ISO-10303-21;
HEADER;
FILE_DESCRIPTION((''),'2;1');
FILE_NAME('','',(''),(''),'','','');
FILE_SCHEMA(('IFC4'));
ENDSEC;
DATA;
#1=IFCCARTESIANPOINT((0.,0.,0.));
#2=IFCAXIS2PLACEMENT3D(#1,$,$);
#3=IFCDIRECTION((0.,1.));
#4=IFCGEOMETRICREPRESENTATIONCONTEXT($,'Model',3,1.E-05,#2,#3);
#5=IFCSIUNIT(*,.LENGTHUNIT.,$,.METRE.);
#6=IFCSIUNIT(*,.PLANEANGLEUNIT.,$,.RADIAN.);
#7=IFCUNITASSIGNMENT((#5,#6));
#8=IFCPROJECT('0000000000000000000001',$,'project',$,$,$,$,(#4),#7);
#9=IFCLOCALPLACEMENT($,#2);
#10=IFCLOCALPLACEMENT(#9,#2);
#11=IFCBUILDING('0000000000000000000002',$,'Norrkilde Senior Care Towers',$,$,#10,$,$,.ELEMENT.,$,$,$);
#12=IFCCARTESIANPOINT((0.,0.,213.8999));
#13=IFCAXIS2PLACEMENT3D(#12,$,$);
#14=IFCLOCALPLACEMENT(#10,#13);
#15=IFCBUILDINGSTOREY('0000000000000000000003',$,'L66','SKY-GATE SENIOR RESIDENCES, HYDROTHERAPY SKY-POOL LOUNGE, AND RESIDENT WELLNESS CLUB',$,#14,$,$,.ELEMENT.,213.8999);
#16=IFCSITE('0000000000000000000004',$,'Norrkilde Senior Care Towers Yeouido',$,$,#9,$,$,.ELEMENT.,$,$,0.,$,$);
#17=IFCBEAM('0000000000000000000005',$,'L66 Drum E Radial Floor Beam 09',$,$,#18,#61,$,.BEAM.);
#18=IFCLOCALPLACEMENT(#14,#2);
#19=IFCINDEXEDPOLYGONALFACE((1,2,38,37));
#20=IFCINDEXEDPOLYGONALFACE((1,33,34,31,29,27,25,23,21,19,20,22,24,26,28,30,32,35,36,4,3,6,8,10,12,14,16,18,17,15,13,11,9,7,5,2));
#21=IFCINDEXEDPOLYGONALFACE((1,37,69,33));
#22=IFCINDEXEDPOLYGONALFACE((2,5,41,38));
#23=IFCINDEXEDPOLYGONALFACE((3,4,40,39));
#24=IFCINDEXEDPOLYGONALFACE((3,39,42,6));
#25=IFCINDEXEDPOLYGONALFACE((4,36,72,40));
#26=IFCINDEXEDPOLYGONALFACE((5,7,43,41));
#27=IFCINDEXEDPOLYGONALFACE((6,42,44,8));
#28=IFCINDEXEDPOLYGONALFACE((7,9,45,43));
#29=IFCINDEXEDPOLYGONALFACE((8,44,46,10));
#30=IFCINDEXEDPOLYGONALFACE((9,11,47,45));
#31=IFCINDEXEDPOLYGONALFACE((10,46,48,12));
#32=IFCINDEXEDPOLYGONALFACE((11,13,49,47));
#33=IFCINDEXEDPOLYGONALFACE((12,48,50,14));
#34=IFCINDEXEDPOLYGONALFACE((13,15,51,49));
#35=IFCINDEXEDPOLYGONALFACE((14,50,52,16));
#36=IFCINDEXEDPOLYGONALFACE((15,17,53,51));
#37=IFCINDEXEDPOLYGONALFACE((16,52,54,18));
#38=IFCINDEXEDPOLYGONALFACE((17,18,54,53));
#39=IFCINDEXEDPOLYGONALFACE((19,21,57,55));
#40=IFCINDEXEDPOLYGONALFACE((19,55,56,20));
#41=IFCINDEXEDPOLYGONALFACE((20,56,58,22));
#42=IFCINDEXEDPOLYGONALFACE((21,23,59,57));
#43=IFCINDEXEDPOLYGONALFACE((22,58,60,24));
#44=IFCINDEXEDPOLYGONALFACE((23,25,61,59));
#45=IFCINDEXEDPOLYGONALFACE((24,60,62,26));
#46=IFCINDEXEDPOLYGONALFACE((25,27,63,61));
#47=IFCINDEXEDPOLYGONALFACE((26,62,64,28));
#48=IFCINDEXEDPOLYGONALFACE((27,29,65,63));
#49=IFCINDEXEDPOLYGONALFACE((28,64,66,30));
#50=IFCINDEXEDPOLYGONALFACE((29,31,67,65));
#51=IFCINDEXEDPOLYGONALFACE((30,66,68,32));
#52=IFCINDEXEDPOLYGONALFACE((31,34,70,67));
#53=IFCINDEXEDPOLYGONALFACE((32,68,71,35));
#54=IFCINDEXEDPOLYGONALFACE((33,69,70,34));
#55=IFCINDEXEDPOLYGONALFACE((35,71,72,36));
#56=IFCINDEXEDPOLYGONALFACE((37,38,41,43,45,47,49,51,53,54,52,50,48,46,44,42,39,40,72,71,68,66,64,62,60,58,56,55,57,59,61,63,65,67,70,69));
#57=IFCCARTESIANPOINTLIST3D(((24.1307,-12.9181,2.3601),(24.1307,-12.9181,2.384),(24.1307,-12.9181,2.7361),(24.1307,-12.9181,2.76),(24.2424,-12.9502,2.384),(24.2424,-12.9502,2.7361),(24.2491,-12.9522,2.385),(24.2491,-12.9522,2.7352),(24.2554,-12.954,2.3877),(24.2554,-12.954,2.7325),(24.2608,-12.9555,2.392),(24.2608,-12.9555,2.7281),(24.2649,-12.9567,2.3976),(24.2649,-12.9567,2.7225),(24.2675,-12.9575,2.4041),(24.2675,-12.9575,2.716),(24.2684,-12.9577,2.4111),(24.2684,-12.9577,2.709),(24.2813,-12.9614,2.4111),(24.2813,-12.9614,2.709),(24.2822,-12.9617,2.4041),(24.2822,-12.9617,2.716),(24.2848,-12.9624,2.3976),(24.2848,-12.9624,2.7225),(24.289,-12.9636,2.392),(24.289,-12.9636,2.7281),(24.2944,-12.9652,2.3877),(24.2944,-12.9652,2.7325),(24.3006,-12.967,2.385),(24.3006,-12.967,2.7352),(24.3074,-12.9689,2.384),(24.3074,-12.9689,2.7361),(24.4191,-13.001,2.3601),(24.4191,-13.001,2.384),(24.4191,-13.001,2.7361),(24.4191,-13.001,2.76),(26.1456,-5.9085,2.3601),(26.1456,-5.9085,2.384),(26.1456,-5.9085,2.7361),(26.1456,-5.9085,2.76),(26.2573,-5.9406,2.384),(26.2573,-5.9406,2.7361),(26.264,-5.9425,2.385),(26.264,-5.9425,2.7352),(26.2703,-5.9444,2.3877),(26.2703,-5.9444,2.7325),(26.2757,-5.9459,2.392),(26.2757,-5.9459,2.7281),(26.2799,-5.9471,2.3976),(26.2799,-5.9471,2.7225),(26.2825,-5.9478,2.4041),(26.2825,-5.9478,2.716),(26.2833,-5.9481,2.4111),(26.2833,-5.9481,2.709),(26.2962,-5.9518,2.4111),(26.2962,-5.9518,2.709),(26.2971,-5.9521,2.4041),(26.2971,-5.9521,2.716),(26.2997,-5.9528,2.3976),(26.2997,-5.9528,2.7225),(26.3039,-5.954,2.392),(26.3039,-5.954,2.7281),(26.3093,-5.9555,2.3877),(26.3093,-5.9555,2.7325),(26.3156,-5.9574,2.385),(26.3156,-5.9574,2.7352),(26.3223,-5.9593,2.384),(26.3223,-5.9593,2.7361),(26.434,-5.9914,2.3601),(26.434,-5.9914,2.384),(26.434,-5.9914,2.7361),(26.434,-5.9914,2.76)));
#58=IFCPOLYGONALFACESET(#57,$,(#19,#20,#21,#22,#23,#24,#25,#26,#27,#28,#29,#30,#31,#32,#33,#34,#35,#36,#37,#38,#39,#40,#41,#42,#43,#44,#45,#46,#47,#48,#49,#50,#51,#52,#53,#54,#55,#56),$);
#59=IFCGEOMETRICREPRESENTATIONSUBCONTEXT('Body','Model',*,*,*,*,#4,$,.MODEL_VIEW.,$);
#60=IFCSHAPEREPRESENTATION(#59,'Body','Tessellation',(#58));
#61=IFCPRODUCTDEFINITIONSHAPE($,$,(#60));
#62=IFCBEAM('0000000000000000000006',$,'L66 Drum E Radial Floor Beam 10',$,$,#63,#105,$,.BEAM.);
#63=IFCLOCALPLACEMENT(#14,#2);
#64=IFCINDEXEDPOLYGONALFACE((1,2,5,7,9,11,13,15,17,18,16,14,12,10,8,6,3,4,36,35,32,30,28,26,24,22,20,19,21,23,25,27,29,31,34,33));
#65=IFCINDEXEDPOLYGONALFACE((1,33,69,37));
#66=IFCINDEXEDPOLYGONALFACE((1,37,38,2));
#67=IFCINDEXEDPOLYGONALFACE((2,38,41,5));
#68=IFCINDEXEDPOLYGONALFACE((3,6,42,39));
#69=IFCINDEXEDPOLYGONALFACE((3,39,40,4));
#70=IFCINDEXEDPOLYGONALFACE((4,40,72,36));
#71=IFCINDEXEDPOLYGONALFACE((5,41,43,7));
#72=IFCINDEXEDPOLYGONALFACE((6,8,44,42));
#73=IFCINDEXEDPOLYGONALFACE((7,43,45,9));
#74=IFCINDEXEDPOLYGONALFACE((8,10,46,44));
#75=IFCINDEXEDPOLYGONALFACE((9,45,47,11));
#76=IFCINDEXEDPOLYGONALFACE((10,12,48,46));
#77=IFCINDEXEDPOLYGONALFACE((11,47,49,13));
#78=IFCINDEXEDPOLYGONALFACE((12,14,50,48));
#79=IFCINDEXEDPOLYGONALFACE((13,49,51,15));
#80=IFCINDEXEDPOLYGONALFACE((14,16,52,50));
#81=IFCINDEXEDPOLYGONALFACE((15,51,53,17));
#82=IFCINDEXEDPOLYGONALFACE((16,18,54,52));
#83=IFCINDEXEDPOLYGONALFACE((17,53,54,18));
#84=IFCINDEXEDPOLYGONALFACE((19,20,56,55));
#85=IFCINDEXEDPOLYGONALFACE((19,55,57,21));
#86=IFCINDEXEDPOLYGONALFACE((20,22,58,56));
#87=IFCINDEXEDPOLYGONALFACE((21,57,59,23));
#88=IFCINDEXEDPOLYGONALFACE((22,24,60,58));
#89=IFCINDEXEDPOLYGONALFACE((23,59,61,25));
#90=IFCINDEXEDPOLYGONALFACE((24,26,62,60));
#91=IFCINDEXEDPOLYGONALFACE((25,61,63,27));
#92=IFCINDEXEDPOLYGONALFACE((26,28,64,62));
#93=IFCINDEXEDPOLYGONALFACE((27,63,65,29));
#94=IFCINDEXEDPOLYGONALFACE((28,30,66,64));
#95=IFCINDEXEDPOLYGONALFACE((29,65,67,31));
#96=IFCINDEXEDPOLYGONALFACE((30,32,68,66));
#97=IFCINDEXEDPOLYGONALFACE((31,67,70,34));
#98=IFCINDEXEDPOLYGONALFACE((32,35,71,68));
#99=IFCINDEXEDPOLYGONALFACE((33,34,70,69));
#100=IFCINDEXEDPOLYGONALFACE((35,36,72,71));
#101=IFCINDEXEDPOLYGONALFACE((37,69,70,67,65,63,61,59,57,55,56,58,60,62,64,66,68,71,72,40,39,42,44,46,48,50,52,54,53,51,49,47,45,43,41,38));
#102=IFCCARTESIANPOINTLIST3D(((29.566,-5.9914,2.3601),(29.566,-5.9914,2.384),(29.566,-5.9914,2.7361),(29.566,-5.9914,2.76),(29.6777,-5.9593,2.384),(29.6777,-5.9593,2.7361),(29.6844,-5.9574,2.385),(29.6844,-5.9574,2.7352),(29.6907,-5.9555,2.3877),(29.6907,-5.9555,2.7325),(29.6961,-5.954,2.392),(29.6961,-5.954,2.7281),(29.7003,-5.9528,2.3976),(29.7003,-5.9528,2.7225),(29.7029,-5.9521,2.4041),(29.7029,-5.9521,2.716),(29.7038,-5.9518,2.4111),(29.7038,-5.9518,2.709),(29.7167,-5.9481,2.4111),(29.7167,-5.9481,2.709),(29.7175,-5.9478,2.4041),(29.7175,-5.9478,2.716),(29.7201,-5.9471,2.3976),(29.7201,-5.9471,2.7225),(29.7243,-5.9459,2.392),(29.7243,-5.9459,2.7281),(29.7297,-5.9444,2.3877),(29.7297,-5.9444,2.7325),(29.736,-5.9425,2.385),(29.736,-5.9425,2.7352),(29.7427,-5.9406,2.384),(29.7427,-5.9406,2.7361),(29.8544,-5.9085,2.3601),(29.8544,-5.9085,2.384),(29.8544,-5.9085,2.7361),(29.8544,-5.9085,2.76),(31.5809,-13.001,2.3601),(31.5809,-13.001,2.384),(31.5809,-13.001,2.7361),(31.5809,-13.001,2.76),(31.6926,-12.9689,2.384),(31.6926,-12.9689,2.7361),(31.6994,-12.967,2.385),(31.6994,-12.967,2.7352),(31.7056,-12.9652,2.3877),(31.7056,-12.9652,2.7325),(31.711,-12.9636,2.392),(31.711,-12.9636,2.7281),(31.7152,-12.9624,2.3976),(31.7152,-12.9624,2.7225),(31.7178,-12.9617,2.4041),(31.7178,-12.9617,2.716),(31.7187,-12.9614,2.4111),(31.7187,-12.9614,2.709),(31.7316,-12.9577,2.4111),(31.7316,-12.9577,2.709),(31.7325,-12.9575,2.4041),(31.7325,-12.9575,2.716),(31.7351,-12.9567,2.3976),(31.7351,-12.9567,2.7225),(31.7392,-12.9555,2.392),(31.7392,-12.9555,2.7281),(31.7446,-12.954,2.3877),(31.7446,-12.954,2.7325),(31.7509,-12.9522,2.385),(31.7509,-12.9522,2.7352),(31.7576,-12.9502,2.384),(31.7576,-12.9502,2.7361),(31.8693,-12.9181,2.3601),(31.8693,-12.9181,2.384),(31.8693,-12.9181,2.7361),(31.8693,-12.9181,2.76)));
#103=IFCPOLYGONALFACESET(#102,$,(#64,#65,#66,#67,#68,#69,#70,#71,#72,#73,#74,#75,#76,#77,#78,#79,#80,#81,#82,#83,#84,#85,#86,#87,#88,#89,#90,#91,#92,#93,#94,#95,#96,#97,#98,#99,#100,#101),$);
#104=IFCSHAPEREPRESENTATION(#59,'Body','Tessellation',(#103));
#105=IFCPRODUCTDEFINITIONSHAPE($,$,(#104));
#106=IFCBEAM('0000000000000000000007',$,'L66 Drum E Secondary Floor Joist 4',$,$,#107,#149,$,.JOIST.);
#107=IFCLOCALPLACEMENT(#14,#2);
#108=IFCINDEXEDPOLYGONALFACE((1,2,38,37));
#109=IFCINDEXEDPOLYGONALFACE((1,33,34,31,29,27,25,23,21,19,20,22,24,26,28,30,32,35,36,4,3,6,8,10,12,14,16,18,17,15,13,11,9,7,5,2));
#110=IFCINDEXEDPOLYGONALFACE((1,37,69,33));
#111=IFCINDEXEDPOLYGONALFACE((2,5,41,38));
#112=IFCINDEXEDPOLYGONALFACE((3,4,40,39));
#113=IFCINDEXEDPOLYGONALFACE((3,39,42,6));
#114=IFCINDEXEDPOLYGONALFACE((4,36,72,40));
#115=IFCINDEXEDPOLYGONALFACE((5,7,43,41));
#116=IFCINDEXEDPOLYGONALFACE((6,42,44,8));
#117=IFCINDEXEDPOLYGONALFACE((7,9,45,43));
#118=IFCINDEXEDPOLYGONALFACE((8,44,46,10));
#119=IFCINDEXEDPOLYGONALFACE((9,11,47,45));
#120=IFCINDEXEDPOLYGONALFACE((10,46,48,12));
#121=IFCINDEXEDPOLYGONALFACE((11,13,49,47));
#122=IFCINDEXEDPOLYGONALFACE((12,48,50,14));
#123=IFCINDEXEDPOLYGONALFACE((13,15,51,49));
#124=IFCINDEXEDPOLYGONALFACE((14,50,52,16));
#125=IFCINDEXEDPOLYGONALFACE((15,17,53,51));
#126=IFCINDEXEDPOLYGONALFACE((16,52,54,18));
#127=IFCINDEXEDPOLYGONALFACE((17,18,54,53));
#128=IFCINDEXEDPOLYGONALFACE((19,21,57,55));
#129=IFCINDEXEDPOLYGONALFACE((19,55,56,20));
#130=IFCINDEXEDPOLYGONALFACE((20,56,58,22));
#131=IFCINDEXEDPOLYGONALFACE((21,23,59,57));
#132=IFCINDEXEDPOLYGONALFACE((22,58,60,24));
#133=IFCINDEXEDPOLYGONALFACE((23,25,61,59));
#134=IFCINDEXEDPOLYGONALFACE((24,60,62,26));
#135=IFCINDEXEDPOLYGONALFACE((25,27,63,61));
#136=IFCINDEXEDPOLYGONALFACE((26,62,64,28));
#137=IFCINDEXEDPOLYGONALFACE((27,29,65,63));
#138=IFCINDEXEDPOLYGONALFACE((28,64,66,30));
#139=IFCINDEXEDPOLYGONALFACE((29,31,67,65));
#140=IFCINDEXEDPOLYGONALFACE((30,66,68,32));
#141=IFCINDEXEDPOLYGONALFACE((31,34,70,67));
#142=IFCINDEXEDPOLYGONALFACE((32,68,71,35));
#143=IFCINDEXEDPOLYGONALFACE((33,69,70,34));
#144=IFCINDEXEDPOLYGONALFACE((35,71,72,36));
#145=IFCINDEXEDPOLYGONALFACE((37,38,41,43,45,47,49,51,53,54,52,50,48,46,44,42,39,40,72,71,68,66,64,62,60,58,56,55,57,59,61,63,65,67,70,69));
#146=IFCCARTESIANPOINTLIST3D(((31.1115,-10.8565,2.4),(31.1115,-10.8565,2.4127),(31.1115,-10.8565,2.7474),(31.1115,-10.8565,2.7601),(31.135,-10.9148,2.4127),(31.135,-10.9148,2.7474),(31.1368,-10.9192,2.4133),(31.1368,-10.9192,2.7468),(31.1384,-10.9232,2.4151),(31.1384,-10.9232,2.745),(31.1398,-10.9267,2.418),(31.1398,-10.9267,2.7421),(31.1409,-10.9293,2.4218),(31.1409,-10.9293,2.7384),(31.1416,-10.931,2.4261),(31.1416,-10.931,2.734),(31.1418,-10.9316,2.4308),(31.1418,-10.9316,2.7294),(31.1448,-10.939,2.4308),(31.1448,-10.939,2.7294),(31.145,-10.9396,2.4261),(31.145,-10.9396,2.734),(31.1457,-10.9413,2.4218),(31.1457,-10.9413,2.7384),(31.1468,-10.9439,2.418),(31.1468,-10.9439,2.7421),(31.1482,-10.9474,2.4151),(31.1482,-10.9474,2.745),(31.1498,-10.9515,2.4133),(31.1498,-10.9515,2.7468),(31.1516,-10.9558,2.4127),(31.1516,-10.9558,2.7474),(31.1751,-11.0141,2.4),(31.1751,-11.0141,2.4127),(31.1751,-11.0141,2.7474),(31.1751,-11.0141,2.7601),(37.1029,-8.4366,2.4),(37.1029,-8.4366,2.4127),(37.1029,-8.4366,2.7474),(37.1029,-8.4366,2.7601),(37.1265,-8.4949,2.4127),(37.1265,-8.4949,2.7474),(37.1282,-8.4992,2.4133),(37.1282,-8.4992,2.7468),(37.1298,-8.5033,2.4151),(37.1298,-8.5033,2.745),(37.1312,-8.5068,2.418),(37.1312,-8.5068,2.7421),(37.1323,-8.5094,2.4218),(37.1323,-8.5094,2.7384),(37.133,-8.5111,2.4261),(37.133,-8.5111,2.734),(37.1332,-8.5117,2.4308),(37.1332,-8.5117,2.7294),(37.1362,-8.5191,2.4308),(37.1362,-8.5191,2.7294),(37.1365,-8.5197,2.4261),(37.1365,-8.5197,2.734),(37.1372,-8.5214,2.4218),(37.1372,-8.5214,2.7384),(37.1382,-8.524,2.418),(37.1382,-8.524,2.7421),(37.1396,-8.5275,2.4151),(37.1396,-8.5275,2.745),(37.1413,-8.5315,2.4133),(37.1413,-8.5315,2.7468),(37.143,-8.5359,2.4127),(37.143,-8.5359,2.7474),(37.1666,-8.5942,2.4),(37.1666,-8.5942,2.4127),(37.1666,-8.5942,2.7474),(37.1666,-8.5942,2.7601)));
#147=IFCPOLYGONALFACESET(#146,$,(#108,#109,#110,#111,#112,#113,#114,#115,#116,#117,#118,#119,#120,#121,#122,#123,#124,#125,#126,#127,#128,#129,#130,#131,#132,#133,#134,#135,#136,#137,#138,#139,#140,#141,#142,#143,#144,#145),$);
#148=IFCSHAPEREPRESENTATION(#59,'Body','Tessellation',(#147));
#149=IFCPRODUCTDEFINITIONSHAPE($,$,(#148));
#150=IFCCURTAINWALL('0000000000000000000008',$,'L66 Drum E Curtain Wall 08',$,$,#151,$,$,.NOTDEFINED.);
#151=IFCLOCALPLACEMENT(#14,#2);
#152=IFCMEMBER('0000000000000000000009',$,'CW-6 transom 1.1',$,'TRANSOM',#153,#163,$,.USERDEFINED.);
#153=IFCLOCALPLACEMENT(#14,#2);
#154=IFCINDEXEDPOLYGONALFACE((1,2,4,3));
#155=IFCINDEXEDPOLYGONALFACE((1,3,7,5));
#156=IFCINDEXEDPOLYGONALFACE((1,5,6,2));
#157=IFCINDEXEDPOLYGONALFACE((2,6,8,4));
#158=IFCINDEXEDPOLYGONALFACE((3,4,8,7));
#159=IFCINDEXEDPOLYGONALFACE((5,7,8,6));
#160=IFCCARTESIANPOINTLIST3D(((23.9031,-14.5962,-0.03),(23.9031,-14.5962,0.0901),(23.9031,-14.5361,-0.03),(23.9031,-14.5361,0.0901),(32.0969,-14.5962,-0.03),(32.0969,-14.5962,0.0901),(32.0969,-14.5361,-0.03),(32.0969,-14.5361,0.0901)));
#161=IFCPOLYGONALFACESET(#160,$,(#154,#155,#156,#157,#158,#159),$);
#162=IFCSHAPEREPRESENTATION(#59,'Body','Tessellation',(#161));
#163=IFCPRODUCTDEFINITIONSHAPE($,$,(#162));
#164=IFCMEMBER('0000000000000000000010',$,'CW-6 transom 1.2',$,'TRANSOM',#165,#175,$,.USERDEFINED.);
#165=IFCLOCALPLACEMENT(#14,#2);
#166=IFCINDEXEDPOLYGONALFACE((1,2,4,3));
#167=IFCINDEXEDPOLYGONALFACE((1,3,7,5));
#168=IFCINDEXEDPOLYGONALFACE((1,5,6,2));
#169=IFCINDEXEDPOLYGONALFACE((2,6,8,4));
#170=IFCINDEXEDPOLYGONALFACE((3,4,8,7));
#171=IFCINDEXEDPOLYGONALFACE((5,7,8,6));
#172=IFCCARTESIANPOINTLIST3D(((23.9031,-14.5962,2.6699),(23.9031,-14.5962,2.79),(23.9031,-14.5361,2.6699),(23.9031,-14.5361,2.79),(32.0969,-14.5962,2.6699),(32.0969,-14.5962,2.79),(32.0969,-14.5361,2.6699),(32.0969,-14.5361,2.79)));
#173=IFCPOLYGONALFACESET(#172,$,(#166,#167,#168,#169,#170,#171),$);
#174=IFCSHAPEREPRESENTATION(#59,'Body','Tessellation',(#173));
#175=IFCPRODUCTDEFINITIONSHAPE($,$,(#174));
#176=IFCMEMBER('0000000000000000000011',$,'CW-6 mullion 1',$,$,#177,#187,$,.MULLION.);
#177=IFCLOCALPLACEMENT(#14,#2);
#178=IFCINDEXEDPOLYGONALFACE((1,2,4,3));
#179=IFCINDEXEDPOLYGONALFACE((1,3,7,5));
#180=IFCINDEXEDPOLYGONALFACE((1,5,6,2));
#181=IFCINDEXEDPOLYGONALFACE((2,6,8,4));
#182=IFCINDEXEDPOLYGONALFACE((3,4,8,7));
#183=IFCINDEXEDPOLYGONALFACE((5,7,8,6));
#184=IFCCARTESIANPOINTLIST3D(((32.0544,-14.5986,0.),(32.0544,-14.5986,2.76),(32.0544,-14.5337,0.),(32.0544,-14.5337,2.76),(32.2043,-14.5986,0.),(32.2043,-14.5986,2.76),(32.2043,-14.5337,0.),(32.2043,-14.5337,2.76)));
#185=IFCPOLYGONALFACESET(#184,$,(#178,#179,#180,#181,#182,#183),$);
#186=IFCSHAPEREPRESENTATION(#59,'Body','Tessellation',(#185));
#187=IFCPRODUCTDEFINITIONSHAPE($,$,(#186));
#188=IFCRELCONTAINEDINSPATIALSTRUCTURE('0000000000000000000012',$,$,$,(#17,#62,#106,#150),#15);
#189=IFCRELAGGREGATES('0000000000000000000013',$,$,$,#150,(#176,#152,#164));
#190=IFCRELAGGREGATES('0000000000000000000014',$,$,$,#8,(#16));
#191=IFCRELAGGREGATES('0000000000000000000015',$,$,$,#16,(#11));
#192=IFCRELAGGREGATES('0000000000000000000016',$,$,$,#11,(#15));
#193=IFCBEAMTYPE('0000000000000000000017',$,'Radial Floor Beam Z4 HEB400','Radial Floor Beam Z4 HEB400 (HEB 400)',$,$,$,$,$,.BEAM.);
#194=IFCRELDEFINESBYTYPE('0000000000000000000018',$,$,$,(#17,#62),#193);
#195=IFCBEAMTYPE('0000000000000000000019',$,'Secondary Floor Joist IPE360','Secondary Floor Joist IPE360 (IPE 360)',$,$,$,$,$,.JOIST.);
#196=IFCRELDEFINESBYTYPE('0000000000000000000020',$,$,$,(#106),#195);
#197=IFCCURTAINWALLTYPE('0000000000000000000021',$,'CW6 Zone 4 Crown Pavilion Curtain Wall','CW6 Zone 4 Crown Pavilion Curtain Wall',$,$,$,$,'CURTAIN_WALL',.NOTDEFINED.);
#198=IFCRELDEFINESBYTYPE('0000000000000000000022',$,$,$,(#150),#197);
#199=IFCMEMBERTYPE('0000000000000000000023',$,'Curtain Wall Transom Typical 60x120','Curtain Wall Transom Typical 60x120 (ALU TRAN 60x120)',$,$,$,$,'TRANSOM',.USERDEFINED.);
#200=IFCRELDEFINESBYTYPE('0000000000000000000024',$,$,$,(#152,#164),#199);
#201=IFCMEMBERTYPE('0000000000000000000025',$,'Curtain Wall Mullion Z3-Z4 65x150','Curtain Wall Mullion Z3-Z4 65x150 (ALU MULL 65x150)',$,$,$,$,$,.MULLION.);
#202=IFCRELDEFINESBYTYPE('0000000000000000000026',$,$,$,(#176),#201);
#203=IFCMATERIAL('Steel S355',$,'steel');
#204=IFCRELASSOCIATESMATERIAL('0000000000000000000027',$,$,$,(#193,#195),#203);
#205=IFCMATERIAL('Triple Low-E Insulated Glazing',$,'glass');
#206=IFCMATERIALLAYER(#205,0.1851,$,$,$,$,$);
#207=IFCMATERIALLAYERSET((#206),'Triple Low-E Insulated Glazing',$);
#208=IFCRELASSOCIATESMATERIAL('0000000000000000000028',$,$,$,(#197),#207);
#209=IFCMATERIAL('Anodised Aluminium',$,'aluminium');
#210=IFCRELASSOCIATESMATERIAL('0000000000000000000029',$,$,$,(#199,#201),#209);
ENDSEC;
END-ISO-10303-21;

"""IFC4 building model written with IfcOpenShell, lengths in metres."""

from ifc_helpers import new_model, si_unit, direction, frame, origin, origin_2d, place, context, subcontext, project, spatial, rectangle, i_section, extrude, source, transform, mapped, material, layer, layer_set, material_profile, profile_set, type_object, type_shapes, element, aggregate, save


model = new_model("IFC4")

# Units and contexts
model_context = context("Model", 3, precision=1e-05, world=origin(), true_north=direction((0.0, 1.0)))
body_context = subcontext(model_context, "Body", "Model", "MODEL_VIEW")
ifc_project = project(units=[si_unit("LENGTHUNIT", "METRE"), si_unit("PLANEANGLEUNIT", "RADIAN")], contexts=[model_context])

# Site, building, storey
site_placement = place(None, origin())
site = spatial("IfcSite", under=ifc_project, at=site_placement, Name="Norrkilde Senior Care Towers Yeouido", CompositionType="ELEMENT", RefElevation=0.0)
building_placement = place(site_placement, origin())
building = spatial("IfcBuilding", under=site, at=building_placement, Name="Norrkilde Senior Care Towers", CompositionType="ELEMENT")
storey_placement = place(building_placement, frame((0.0, 0.0, 213.8999)))
storey = spatial("IfcBuildingStorey", under=building, at=storey_placement, Name="L66", Description="SKY-GATE SENIOR RESIDENCES, HYDROTHERAPY SKY-POOL LOUNGE, AND RESIDENT WELLNESS CLUB", CompositionType="ELEMENT", Elevation=213.8999)

# Beams
ifc_material_1 = material(Name="Steel S355", Category="steel")
ifc_material_profile_1 = material_profile(ifc_material_1, i_section(OverallWidth=0.3, OverallDepth=0.3999, WebThickness=0.0134, FlangeThickness=0.0239, FilletRadius=0.0271, at=origin_2d()), Name="HEB 400")
ifc_profile_set_1 = profile_set([ifc_material_profile_1], Name="Steel S355")
beam_type_1 = type_object("IfcBeamType", Name="Radial Floor Beam Z4 HEB400", Description="Radial Floor Beam Z4 HEB400 (HEB 400)", PredefinedType="BEAM", material=ifc_profile_set_1)
shared_shape_1 = source(origin(), body_context, "Body", "SweptSolid", [
    extrude(i_section(OverallWidth=0.3, OverallDepth=0.3999, WebThickness=0.0134, FlangeThickness=0.0239, FilletRadius=0.0271, at=origin_2d()), origin(), (0.0, 0.0, 1.0), 7.2935),
])
type_shapes(beam_type_1, [shared_shape_1])
for number, where, z_axis, x_axis, name in (
    (1, (26.2898, -5.95, 2.5601), (-0.276264, -0.961082, 0.0), (0.961082, -0.276264, 0.0), "L66 Drum E Radial Floor Beam 09"),
    (2, (29.7102, -5.95, 2.5601), (0.276264, -0.961082, 0.0), (0.961082, 0.276264, 0.0), "L66 Drum E Radial Floor Beam 10"),
):
    element("IfcBeam", number, at=place(storey_placement, frame(where, z_axis=z_axis, x_axis=x_axis)), inside=storey, type_object=beam_type_1, Name=name, PredefinedType="BEAM", context=body_context, shape_type="MappedRepresentation", body=[
        mapped(shared_shape_1, transform((0.0, 0.0, 0.0), x_axis=(1.0, 0.0, 0.0), y_axis=(0.0, 1.0, 0.0), z_axis=(0.0, 0.0, 1.0), scale=1.0)),
    ])
ifc_material_profile_2 = material_profile(ifc_material_1, i_section(OverallWidth=0.1699, OverallDepth=0.3601, WebThickness=0.0081, FlangeThickness=0.0127, FilletRadius=0.0181, at=origin_2d()), Name="IPE 360")
ifc_profile_set_2 = profile_set([ifc_material_profile_2], Name="Steel S355")
beam_type_2 = type_object("IfcBeamType", Name="Secondary Floor Joist IPE360", Description="Secondary Floor Joist IPE360 (IPE 360)", PredefinedType="JOIST", material=ifc_profile_set_2)
shared_shape_2 = source(origin(), body_context, "Body", "SweptSolid", [
    extrude(i_section(OverallWidth=0.1699, OverallDepth=0.3601, WebThickness=0.0081, FlangeThickness=0.0127, FilletRadius=0.0181, at=origin_2d()), origin(), (0.0, 0.0, 1.0), 6.4617),
])
type_shapes(beam_type_2, [shared_shape_2])
beam_1_placement = place(storey_placement, frame((31.1433, -10.9353, 2.5801), z_axis=(0.927226, 0.374502, 0.0), x_axis=(-0.374502, 0.927226, 0.0)))
element("IfcBeam", 3, at=beam_1_placement, inside=storey, type_object=beam_type_2, Name="L66 Drum E Secondary Floor Joist 4", PredefinedType="JOIST", context=body_context, shape_type="MappedRepresentation", body=[
    mapped(shared_shape_2, transform((0.0, 0.0, 0.0), x_axis=(1.0, 0.0, 0.0), y_axis=(0.0, 1.0, 0.0), z_axis=(0.0, 0.0, 1.0), scale=1.0)),
])

# Curtain wall, members
ifc_material_2 = material(Name="Triple Low-E Insulated Glazing", Category="glass")
ifc_layer_1 = layer(ifc_material_2, 0.1851)
ifc_layer_set_1 = layer_set([ifc_layer_1], Name="Triple Low-E Insulated Glazing")
curtain_wall_type = type_object("IfcCurtainWallType", Name="CW6 Zone 4 Crown Pavilion Curtain Wall", Description="CW6 Zone 4 Crown Pavilion Curtain Wall", ElementType="CURTAIN_WALL", PredefinedType="NOTDEFINED", material=ifc_layer_set_1)
curtain_wall_1_placement = place(storey_placement, origin())
curtain_wall_1 = element("IfcCurtainWall", 4, at=curtain_wall_1_placement, inside=storey, type_object=curtain_wall_type, Name="L66 Drum E Curtain Wall 08", PredefinedType="NOTDEFINED")
ifc_material_3 = material(Name="Anodised Aluminium", Category="aluminium")
ifc_material_profile_3 = material_profile(ifc_material_3, rectangle(XDim=0.0601, YDim=0.1201, at=origin_2d()), Name="ALU TRAN 60x120")
ifc_profile_set_3 = profile_set([ifc_material_profile_3], Name="Anodised Aluminium")
member_type_1 = type_object("IfcMemberType", Name="Curtain Wall Transom Typical 60x120", Description="Curtain Wall Transom Typical 60x120 (ALU TRAN 60x120)", ElementType="TRANSOM", PredefinedType="USERDEFINED", material=ifc_profile_set_3)
shared_shape_3 = source(origin(), body_context, "Body", "SweptSolid", [
    extrude(rectangle(XDim=0.0601, YDim=0.1201, at=origin_2d()), origin(), (0.0, 0.0, 1.0), 8.1938),
])
type_shapes(member_type_1, [shared_shape_3])
member_1_placement = place(storey_placement, frame((32.0969, -14.5662, 0.03), z_axis=(-1.0, 0.0, 0.0), x_axis=(0.0, -1.0, 0.0)))
member_1 = element("IfcMember", 5, at=member_1_placement, type_object=member_type_1, Name="CW-6 transom 1.1", ObjectType="TRANSOM", PredefinedType="USERDEFINED", context=body_context, shape_type="MappedRepresentation", body=[
    mapped(shared_shape_3, transform((0.0, 0.0, 0.0), x_axis=(1.0, 0.0, 0.0), y_axis=(0.0, 1.0, 0.0), z_axis=(0.0, 0.0, 1.0), scale=1.0)),
])
member_2_placement = place(storey_placement, frame((32.0969, -14.5662, 2.73), z_axis=(-1.0, 0.0, 0.0), x_axis=(0.0, -1.0, 0.0)))
member_2 = element("IfcMember", 6, at=member_2_placement, type_object=member_type_1, Name="CW-6 transom 1.2", ObjectType="TRANSOM", PredefinedType="USERDEFINED", context=body_context, shape_type="MappedRepresentation", body=[
    mapped(shared_shape_3, transform((0.0, 0.0, 0.0), x_axis=(1.0, 0.0, 0.0), y_axis=(0.0, 1.0, 0.0), z_axis=(0.0, 0.0, 1.0), scale=1.0)),
])
ifc_material_profile_4 = material_profile(ifc_material_3, rectangle(XDim=0.0649, YDim=0.1499, at=origin_2d()), Name="ALU MULL 65x150")
ifc_profile_set_4 = profile_set([ifc_material_profile_4], Name="Anodised Aluminium")
member_type_2 = type_object("IfcMemberType", Name="Curtain Wall Mullion Z3-Z4 65x150", Description="Curtain Wall Mullion Z3-Z4 65x150 (ALU MULL 65x150)", PredefinedType="MULLION", material=ifc_profile_set_4)
shared_shape_4 = source(origin(), body_context, "Body", "SweptSolid", [
    extrude(rectangle(XDim=0.0649, YDim=0.1499, at=origin_2d()), origin(), (0.0, 0.0, 1.0), 2.76),
])
type_shapes(member_type_2, [shared_shape_4])
member_3_placement = place(storey_placement, frame((32.1294, -14.5662, 0.0), z_axis=(0.0, 0.0, 1.0), x_axis=(0.0, -1.0, 0.0)))
member_3 = element("IfcMember", 7, at=member_3_placement, type_object=member_type_2, Name="CW-6 mullion 1", PredefinedType="MULLION", context=body_context, shape_type="MappedRepresentation", body=[
    mapped(shared_shape_4, transform((0.0, 0.0, 0.0), x_axis=(1.0, 0.0, 0.0), y_axis=(0.0, 1.0, 0.0), z_axis=(0.0, 0.0, 1.0), scale=1.0)),
])

aggregate(curtain_wall_1, [member_3, member_1, member_2])

save(model, "model.ifc")
